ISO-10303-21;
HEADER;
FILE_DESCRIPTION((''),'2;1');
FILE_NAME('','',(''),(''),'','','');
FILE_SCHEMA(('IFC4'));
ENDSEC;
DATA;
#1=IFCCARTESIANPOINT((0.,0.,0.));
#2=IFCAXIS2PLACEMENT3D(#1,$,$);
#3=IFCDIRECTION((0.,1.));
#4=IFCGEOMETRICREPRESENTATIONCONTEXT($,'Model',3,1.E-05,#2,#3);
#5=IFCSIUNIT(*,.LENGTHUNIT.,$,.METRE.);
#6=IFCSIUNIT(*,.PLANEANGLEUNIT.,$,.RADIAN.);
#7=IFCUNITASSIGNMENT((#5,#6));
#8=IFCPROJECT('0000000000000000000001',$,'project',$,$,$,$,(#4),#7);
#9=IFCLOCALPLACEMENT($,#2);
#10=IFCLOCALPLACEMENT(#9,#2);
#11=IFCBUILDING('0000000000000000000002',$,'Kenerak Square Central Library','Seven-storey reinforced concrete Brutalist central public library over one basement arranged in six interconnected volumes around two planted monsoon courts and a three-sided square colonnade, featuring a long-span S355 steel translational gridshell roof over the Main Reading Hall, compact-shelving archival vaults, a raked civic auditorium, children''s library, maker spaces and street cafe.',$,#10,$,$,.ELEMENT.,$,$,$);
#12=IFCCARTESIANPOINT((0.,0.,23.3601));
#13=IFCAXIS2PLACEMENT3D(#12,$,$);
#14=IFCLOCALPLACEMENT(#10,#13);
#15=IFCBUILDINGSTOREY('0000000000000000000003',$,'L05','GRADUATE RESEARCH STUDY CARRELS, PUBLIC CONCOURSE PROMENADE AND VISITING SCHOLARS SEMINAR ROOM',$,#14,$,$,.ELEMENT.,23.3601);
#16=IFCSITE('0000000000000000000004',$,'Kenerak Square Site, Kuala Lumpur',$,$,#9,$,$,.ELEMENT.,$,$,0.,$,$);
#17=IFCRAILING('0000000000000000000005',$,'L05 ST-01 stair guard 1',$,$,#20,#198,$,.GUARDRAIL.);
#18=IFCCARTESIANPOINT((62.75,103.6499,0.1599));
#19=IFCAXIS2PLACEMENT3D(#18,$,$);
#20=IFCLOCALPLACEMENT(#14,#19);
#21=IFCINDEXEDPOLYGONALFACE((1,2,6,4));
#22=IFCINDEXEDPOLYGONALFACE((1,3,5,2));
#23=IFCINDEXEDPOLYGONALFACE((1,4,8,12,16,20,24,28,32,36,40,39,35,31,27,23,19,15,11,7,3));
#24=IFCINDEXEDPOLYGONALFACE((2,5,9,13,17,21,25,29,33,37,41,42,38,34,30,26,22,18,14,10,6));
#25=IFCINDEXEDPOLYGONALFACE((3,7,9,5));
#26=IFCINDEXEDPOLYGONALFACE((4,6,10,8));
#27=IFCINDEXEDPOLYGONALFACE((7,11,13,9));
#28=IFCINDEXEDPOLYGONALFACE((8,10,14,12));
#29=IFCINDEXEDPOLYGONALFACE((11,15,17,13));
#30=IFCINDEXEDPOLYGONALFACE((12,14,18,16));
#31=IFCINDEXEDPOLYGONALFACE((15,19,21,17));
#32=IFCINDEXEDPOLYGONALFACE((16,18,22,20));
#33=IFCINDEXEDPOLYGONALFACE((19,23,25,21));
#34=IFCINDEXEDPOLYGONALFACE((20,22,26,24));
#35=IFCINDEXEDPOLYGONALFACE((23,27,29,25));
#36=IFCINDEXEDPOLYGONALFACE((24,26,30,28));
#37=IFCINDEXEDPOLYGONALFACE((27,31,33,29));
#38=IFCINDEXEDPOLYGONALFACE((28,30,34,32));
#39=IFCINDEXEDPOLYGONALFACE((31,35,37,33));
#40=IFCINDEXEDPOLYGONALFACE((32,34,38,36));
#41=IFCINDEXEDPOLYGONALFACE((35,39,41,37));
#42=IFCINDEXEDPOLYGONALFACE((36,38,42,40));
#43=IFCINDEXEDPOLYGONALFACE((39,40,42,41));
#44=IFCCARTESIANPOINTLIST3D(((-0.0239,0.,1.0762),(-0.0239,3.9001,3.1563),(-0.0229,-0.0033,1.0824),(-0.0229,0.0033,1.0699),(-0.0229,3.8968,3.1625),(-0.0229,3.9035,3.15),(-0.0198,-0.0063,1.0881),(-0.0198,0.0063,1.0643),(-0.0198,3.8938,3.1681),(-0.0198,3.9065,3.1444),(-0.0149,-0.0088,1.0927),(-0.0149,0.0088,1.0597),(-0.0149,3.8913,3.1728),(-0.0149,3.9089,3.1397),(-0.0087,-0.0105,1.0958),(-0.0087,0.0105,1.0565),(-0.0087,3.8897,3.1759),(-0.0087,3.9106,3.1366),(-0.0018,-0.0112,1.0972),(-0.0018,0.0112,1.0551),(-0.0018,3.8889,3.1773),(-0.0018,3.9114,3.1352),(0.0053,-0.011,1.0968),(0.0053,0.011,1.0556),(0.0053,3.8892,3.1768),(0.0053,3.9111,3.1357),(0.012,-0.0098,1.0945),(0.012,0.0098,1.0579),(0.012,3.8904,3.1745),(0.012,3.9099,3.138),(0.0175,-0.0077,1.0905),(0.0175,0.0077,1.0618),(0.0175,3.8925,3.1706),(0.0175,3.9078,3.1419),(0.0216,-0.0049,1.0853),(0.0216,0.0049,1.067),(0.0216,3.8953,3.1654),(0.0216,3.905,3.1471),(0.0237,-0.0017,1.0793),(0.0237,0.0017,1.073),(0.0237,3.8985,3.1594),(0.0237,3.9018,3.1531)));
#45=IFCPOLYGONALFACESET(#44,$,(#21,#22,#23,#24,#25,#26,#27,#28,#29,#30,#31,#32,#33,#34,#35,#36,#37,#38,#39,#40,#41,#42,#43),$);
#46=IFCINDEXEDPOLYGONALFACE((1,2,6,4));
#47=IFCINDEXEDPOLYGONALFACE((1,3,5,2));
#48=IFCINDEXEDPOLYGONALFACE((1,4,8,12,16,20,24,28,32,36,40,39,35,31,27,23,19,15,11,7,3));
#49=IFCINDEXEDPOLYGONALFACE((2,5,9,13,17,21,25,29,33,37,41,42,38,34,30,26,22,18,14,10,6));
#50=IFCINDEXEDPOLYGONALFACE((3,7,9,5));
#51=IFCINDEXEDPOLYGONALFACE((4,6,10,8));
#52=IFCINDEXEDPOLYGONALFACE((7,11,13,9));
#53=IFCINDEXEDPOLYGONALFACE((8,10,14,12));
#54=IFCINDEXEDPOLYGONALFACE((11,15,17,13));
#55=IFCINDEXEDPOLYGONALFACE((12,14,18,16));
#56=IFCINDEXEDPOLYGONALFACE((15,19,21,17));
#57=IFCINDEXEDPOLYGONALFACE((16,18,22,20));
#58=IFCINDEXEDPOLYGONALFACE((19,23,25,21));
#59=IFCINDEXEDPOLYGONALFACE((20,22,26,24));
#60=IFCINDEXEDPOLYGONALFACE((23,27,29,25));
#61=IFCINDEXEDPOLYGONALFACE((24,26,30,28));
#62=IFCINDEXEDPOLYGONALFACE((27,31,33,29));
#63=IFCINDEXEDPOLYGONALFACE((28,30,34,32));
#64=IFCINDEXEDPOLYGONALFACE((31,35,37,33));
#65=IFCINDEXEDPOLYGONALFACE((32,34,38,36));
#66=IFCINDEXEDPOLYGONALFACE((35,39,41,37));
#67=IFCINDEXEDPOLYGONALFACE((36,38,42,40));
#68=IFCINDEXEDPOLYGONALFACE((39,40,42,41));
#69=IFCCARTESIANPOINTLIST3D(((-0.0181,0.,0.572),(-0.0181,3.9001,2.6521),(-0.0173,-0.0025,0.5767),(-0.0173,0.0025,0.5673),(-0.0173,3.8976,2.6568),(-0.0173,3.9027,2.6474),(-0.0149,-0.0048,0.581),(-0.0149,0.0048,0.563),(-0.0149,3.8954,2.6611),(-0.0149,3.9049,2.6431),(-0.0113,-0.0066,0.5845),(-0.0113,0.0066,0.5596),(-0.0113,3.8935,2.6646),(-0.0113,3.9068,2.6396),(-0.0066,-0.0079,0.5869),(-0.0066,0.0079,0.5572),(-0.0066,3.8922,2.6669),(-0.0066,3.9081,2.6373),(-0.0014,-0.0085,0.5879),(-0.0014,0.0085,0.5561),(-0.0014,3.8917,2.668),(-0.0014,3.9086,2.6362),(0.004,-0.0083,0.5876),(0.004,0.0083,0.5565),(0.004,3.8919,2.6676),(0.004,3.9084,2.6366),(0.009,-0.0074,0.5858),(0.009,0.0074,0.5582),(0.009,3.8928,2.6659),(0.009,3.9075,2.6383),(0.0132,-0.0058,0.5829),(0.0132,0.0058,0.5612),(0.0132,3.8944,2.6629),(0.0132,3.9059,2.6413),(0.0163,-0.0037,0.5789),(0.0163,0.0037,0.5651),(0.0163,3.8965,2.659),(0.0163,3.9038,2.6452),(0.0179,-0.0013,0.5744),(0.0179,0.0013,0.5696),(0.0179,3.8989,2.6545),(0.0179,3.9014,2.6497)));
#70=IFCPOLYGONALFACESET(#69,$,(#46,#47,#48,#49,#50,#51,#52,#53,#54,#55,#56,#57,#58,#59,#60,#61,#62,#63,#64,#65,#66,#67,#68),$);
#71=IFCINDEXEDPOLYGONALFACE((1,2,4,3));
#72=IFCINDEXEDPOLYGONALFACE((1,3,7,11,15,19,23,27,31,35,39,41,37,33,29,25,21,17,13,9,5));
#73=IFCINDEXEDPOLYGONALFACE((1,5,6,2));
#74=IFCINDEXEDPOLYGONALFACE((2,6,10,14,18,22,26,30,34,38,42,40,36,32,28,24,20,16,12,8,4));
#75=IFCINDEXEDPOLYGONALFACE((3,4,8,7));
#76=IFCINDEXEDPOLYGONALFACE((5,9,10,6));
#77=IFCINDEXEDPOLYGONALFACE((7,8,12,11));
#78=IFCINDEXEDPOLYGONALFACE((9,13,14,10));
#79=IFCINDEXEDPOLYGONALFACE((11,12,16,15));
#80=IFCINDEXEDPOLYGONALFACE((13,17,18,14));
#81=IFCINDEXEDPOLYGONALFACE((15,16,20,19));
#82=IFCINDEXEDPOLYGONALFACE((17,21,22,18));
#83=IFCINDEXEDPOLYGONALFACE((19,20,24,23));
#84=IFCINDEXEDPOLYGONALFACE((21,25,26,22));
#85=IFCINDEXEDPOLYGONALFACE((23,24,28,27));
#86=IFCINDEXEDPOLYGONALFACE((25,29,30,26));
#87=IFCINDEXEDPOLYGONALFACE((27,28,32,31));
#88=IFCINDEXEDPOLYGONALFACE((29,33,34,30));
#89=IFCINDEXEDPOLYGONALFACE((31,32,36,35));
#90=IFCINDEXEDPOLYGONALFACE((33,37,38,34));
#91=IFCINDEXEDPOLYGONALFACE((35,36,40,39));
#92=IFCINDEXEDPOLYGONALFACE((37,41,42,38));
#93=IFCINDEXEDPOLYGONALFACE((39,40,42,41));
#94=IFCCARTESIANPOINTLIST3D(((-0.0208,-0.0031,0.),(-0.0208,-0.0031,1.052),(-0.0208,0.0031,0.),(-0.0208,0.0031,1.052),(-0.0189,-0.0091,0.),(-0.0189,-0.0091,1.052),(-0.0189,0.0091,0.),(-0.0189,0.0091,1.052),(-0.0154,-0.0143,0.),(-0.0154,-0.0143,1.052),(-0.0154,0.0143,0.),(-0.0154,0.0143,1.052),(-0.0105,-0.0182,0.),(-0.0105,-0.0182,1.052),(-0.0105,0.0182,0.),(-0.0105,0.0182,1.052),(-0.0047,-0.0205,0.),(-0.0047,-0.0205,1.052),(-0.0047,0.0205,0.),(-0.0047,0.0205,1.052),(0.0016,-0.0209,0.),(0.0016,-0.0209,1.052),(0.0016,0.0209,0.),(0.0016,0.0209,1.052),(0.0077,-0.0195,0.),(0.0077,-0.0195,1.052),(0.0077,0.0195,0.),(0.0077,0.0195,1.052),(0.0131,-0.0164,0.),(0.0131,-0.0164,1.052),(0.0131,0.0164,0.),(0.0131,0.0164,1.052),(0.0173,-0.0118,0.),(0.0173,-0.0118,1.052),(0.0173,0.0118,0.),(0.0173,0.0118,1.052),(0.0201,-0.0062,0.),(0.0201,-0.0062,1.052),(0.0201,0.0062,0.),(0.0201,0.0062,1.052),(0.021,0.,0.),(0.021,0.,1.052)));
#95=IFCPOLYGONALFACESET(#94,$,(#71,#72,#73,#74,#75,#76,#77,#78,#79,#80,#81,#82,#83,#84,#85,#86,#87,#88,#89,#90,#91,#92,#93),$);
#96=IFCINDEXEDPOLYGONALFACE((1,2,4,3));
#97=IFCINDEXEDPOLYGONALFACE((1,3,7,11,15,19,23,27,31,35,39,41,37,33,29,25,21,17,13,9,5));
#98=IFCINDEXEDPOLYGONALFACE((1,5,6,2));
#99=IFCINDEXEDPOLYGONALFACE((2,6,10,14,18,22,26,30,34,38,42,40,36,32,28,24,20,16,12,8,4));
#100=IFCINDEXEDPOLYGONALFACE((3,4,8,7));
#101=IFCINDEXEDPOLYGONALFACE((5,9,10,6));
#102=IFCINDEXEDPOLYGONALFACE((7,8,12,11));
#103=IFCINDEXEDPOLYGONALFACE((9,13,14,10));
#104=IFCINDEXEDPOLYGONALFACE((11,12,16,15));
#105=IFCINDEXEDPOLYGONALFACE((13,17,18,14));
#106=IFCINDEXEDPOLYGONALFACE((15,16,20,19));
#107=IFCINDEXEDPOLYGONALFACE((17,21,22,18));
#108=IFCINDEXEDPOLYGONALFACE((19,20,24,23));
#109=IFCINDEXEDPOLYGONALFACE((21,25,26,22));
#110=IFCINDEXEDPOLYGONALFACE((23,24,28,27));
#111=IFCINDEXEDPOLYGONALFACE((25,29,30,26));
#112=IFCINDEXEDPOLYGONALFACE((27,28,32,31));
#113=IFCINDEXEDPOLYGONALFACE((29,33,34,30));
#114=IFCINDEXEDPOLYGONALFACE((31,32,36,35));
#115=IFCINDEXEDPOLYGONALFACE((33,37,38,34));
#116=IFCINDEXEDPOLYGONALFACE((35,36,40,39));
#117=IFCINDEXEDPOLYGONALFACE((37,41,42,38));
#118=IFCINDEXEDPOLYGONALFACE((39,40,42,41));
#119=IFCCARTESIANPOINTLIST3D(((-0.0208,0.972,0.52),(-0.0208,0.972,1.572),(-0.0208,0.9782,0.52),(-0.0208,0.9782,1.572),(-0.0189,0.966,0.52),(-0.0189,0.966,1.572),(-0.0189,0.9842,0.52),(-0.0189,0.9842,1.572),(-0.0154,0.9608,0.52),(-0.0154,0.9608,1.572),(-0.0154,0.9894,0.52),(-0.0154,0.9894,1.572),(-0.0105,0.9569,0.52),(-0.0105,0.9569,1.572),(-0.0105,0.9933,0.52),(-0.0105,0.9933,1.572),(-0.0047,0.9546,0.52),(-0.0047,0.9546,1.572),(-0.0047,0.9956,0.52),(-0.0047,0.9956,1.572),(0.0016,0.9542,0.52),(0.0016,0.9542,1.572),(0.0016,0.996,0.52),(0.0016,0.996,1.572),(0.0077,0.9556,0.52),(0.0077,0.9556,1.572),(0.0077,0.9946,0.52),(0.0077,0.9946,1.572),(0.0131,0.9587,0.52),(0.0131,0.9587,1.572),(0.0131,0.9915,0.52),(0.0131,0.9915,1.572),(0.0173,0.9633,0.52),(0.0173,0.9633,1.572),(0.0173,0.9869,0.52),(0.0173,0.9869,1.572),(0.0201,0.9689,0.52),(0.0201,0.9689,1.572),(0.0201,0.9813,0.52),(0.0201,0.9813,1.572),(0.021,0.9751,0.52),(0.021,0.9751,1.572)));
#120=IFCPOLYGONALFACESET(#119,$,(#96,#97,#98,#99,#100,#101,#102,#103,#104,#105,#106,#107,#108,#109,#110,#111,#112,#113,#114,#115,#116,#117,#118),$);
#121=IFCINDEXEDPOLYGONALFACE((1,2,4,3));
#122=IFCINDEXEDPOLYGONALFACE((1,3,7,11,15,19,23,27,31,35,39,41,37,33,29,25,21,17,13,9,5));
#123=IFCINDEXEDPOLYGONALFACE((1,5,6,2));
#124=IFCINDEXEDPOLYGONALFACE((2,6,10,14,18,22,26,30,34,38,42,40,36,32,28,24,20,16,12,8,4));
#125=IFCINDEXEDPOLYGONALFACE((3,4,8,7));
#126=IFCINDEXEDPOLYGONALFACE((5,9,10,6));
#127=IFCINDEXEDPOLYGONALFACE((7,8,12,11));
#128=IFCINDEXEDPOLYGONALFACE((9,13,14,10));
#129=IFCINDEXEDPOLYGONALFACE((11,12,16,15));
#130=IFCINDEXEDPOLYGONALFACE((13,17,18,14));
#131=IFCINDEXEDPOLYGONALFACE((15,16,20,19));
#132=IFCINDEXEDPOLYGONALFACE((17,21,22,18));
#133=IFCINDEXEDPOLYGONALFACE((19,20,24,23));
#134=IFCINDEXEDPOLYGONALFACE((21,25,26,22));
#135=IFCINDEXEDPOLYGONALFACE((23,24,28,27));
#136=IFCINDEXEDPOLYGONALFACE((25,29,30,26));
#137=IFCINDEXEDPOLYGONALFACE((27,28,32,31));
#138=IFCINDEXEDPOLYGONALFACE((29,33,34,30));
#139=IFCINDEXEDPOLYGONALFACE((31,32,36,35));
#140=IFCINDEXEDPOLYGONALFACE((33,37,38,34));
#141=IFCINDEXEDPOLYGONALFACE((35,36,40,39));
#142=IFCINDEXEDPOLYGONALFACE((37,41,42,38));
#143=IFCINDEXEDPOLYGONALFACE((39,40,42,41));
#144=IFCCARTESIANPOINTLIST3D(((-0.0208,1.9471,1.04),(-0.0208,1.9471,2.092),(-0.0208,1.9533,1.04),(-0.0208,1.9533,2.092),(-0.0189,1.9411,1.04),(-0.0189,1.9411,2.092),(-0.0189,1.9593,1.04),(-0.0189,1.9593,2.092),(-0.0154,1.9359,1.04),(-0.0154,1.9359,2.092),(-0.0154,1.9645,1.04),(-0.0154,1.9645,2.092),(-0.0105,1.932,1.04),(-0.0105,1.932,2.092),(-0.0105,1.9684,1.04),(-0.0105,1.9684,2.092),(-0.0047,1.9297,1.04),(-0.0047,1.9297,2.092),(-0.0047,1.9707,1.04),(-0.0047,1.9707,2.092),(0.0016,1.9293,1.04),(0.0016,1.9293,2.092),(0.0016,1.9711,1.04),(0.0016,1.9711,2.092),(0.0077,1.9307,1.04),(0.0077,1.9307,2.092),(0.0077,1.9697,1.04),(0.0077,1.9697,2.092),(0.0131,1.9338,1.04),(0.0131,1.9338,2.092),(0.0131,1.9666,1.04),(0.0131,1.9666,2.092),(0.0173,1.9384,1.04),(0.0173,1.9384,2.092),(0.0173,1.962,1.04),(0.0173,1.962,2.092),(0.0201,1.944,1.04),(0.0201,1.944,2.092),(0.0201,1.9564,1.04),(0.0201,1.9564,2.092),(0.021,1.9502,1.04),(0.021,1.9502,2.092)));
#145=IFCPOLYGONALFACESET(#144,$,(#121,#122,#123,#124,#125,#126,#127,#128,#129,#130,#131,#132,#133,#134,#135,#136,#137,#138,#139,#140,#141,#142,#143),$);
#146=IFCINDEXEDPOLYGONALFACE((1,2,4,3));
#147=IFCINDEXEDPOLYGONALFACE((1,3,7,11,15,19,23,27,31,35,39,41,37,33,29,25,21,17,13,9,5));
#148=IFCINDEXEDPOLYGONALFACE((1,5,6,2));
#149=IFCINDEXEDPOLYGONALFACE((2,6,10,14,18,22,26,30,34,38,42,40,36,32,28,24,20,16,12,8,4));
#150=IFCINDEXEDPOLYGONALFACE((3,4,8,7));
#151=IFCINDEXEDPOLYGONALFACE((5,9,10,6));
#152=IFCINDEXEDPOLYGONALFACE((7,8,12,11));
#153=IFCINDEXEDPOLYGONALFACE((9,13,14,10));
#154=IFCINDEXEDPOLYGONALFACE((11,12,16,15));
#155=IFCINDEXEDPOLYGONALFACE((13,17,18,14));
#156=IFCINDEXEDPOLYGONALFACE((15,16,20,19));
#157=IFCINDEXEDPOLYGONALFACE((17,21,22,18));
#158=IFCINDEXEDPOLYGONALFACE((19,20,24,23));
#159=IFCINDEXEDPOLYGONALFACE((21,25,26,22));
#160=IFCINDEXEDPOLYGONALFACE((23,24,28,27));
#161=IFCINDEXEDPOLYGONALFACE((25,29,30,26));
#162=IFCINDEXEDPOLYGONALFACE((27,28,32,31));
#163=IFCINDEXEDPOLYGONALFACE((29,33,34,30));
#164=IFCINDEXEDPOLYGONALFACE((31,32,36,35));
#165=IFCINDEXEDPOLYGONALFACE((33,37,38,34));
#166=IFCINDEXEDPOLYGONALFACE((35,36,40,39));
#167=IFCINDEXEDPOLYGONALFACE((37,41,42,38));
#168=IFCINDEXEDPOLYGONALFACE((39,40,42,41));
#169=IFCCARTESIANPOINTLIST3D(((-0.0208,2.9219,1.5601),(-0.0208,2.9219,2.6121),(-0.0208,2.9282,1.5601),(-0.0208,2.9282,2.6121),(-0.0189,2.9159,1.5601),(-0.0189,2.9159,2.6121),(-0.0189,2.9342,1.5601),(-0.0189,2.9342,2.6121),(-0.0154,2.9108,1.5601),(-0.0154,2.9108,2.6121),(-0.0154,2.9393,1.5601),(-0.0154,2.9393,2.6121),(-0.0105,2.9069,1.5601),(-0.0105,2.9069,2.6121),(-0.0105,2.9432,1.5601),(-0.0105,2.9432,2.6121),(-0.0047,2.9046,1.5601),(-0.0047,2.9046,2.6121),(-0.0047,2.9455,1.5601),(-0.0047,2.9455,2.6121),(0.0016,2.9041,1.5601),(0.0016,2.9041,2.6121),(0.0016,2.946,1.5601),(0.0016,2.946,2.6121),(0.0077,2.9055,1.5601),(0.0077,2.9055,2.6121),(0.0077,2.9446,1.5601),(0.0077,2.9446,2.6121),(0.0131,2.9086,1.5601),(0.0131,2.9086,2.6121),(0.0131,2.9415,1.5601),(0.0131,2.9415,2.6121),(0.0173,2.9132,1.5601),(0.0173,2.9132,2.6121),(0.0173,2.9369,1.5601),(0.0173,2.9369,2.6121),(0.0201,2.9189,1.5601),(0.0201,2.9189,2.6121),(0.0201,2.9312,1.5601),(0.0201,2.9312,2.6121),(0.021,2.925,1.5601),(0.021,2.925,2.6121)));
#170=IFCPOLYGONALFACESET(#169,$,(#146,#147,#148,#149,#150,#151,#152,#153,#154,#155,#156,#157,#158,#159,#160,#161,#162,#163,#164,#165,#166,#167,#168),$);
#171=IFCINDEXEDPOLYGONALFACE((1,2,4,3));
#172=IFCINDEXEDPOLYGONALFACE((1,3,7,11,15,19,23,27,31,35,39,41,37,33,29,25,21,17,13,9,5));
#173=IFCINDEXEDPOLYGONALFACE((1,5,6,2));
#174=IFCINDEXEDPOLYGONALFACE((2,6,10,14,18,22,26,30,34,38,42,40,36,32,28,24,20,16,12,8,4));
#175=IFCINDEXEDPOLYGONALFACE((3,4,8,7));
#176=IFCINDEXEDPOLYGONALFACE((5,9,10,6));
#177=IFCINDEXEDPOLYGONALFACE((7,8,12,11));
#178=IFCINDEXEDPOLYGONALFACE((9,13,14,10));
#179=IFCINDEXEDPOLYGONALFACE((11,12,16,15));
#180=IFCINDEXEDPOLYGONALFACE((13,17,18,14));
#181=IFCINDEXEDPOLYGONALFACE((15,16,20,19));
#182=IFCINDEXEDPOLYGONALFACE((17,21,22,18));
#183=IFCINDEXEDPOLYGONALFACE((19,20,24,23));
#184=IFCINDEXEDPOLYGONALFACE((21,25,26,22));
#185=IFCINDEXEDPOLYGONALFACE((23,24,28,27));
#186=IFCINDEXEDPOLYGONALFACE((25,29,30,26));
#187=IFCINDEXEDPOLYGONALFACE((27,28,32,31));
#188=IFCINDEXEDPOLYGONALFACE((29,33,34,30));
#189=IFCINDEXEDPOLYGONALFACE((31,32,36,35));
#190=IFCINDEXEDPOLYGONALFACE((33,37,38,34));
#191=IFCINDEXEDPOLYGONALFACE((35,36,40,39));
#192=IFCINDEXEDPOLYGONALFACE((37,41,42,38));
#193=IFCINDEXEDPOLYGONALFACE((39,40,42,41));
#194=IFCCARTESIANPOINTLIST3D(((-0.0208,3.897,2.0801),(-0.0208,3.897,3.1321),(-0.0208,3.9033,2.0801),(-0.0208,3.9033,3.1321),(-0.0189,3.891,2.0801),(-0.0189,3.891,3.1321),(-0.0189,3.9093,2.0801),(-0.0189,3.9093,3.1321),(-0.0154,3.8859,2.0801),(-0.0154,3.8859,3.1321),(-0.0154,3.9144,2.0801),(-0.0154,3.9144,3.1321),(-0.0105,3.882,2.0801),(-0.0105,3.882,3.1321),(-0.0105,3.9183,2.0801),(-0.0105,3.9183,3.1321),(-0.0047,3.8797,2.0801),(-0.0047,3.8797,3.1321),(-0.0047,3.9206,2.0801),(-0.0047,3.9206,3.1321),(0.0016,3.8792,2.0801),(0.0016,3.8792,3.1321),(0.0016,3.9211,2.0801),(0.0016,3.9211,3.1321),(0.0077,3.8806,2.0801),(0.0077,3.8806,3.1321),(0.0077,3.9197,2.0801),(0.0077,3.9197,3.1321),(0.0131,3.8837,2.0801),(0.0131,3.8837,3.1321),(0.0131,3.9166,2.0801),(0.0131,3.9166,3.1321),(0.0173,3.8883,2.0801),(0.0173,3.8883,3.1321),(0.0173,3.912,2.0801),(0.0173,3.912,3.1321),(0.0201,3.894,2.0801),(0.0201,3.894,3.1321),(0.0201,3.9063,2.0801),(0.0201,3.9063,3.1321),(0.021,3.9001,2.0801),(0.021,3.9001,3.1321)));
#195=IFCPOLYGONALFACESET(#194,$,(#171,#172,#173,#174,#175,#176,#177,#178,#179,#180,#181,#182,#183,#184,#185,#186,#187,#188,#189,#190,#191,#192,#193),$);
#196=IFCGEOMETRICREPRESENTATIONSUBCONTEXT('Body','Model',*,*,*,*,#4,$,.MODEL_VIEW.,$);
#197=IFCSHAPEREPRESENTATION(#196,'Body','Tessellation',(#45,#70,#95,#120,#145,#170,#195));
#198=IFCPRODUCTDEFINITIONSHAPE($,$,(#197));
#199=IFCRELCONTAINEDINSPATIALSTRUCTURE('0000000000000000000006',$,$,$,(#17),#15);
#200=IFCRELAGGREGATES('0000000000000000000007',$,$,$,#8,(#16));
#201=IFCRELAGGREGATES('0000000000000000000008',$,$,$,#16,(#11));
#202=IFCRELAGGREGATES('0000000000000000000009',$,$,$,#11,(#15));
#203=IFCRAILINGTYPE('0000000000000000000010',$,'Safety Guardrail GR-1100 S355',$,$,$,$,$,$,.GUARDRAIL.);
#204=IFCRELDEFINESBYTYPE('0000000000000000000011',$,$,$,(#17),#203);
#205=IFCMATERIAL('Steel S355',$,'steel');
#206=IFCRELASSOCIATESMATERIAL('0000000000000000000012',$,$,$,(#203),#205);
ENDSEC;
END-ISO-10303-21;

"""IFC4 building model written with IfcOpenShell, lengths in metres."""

from ifc_helpers import new_model, si_unit, direction, frame, origin, origin_2d, place, context, subcontext, project, spatial, circle, extrude, material, type_object, element, save


model = new_model("IFC4")

# Units and contexts
model_context = context("Model", 3, precision=1e-05, world=origin(), true_north=direction((0.0, 1.0)))
body_context = subcontext(model_context, "Body", "Model", "MODEL_VIEW")
ifc_project = project(units=[si_unit("LENGTHUNIT", "METRE"), si_unit("PLANEANGLEUNIT", "RADIAN")], contexts=[model_context])

# Site, building, storey
site_placement = place(None, origin())
site = spatial("IfcSite", under=ifc_project, at=site_placement, Name="Kenerak Square Site, Kuala Lumpur", CompositionType="ELEMENT", RefElevation=0.0)
building_placement = place(site_placement, origin())
building = spatial("IfcBuilding", under=site, at=building_placement, Name="Kenerak Square Central Library", Description="Seven-storey reinforced concrete Brutalist central public library over one basement arranged in six interconnected volumes around two planted monsoon courts and a three-sided square colonnade, featuring a long-span S355 steel translational gridshell roof over the Main Reading Hall, compact-shelving archival vaults, a raked civic auditorium, children's library, maker spaces and street cafe.", CompositionType="ELEMENT")
storey_placement = place(building_placement, frame((0.0, 0.0, 23.3601)))
storey = spatial("IfcBuildingStorey", under=building, at=storey_placement, Name="L05", Description="GRADUATE RESEARCH STUDY CARRELS, PUBLIC CONCOURSE PROMENADE AND VISITING SCHOLARS SEMINAR ROOM", CompositionType="ELEMENT", Elevation=23.3601)

# Shared definitions
ifc_material_1 = material(Name="Steel S355", Category="steel")

# Railing
railing_type_1 = type_object("IfcRailingType", Name="Safety Guardrail GR-1100 S355", PredefinedType="GUARDRAIL", material=ifc_material_1)
railing_1_placement = place(storey_placement, frame((62.75, 103.6499, 0.1599)))
element("IfcRailing", 1, at=railing_1_placement, inside=storey, type_object=railing_type_1, Name="L05 ST-01 stair guard 1", PredefinedType="GUARDRAIL", context=body_context, shape_type="SweptSolid", body=[
    extrude(circle(Radius=0.0239, at=origin_2d()), frame((0.0, 0.0, 1.0762), z_axis=(0.0, 0.882353, 0.470588), x_axis=(-1.0, 0.0, 0.0)), (0.0, 0.0, 1.0), 4.4202),
    extrude(circle(Radius=0.0181, at=origin_2d()), frame((0.0, 0.0, 0.572), z_axis=(0.0, 0.882353, 0.470588), x_axis=(-1.0, 0.0, 0.0)), (0.0, 0.0, 1.0), 4.4202),
    extrude(circle(Radius=0.021, at=origin_2d()), origin(), (0.0, 0.0, 1.0), 1.052),
    extrude(circle(Radius=0.021, at=origin_2d()), frame((0.0, 0.9751, 0.52)), (0.0, 0.0, 1.0), 1.052),
    extrude(circle(Radius=0.021, at=origin_2d()), frame((0.0, 1.9502, 1.04)), (0.0, 0.0, 1.0), 1.052),
    extrude(circle(Radius=0.021, at=origin_2d()), frame((0.0, 2.925, 1.5601)), (0.0, 0.0, 1.0), 1.052),
    extrude(circle(Radius=0.021, at=origin_2d()), frame((0.0, 3.9001, 2.0801)), (0.0, 0.0, 1.0), 1.052),
])

save(model, "model.ifc")
